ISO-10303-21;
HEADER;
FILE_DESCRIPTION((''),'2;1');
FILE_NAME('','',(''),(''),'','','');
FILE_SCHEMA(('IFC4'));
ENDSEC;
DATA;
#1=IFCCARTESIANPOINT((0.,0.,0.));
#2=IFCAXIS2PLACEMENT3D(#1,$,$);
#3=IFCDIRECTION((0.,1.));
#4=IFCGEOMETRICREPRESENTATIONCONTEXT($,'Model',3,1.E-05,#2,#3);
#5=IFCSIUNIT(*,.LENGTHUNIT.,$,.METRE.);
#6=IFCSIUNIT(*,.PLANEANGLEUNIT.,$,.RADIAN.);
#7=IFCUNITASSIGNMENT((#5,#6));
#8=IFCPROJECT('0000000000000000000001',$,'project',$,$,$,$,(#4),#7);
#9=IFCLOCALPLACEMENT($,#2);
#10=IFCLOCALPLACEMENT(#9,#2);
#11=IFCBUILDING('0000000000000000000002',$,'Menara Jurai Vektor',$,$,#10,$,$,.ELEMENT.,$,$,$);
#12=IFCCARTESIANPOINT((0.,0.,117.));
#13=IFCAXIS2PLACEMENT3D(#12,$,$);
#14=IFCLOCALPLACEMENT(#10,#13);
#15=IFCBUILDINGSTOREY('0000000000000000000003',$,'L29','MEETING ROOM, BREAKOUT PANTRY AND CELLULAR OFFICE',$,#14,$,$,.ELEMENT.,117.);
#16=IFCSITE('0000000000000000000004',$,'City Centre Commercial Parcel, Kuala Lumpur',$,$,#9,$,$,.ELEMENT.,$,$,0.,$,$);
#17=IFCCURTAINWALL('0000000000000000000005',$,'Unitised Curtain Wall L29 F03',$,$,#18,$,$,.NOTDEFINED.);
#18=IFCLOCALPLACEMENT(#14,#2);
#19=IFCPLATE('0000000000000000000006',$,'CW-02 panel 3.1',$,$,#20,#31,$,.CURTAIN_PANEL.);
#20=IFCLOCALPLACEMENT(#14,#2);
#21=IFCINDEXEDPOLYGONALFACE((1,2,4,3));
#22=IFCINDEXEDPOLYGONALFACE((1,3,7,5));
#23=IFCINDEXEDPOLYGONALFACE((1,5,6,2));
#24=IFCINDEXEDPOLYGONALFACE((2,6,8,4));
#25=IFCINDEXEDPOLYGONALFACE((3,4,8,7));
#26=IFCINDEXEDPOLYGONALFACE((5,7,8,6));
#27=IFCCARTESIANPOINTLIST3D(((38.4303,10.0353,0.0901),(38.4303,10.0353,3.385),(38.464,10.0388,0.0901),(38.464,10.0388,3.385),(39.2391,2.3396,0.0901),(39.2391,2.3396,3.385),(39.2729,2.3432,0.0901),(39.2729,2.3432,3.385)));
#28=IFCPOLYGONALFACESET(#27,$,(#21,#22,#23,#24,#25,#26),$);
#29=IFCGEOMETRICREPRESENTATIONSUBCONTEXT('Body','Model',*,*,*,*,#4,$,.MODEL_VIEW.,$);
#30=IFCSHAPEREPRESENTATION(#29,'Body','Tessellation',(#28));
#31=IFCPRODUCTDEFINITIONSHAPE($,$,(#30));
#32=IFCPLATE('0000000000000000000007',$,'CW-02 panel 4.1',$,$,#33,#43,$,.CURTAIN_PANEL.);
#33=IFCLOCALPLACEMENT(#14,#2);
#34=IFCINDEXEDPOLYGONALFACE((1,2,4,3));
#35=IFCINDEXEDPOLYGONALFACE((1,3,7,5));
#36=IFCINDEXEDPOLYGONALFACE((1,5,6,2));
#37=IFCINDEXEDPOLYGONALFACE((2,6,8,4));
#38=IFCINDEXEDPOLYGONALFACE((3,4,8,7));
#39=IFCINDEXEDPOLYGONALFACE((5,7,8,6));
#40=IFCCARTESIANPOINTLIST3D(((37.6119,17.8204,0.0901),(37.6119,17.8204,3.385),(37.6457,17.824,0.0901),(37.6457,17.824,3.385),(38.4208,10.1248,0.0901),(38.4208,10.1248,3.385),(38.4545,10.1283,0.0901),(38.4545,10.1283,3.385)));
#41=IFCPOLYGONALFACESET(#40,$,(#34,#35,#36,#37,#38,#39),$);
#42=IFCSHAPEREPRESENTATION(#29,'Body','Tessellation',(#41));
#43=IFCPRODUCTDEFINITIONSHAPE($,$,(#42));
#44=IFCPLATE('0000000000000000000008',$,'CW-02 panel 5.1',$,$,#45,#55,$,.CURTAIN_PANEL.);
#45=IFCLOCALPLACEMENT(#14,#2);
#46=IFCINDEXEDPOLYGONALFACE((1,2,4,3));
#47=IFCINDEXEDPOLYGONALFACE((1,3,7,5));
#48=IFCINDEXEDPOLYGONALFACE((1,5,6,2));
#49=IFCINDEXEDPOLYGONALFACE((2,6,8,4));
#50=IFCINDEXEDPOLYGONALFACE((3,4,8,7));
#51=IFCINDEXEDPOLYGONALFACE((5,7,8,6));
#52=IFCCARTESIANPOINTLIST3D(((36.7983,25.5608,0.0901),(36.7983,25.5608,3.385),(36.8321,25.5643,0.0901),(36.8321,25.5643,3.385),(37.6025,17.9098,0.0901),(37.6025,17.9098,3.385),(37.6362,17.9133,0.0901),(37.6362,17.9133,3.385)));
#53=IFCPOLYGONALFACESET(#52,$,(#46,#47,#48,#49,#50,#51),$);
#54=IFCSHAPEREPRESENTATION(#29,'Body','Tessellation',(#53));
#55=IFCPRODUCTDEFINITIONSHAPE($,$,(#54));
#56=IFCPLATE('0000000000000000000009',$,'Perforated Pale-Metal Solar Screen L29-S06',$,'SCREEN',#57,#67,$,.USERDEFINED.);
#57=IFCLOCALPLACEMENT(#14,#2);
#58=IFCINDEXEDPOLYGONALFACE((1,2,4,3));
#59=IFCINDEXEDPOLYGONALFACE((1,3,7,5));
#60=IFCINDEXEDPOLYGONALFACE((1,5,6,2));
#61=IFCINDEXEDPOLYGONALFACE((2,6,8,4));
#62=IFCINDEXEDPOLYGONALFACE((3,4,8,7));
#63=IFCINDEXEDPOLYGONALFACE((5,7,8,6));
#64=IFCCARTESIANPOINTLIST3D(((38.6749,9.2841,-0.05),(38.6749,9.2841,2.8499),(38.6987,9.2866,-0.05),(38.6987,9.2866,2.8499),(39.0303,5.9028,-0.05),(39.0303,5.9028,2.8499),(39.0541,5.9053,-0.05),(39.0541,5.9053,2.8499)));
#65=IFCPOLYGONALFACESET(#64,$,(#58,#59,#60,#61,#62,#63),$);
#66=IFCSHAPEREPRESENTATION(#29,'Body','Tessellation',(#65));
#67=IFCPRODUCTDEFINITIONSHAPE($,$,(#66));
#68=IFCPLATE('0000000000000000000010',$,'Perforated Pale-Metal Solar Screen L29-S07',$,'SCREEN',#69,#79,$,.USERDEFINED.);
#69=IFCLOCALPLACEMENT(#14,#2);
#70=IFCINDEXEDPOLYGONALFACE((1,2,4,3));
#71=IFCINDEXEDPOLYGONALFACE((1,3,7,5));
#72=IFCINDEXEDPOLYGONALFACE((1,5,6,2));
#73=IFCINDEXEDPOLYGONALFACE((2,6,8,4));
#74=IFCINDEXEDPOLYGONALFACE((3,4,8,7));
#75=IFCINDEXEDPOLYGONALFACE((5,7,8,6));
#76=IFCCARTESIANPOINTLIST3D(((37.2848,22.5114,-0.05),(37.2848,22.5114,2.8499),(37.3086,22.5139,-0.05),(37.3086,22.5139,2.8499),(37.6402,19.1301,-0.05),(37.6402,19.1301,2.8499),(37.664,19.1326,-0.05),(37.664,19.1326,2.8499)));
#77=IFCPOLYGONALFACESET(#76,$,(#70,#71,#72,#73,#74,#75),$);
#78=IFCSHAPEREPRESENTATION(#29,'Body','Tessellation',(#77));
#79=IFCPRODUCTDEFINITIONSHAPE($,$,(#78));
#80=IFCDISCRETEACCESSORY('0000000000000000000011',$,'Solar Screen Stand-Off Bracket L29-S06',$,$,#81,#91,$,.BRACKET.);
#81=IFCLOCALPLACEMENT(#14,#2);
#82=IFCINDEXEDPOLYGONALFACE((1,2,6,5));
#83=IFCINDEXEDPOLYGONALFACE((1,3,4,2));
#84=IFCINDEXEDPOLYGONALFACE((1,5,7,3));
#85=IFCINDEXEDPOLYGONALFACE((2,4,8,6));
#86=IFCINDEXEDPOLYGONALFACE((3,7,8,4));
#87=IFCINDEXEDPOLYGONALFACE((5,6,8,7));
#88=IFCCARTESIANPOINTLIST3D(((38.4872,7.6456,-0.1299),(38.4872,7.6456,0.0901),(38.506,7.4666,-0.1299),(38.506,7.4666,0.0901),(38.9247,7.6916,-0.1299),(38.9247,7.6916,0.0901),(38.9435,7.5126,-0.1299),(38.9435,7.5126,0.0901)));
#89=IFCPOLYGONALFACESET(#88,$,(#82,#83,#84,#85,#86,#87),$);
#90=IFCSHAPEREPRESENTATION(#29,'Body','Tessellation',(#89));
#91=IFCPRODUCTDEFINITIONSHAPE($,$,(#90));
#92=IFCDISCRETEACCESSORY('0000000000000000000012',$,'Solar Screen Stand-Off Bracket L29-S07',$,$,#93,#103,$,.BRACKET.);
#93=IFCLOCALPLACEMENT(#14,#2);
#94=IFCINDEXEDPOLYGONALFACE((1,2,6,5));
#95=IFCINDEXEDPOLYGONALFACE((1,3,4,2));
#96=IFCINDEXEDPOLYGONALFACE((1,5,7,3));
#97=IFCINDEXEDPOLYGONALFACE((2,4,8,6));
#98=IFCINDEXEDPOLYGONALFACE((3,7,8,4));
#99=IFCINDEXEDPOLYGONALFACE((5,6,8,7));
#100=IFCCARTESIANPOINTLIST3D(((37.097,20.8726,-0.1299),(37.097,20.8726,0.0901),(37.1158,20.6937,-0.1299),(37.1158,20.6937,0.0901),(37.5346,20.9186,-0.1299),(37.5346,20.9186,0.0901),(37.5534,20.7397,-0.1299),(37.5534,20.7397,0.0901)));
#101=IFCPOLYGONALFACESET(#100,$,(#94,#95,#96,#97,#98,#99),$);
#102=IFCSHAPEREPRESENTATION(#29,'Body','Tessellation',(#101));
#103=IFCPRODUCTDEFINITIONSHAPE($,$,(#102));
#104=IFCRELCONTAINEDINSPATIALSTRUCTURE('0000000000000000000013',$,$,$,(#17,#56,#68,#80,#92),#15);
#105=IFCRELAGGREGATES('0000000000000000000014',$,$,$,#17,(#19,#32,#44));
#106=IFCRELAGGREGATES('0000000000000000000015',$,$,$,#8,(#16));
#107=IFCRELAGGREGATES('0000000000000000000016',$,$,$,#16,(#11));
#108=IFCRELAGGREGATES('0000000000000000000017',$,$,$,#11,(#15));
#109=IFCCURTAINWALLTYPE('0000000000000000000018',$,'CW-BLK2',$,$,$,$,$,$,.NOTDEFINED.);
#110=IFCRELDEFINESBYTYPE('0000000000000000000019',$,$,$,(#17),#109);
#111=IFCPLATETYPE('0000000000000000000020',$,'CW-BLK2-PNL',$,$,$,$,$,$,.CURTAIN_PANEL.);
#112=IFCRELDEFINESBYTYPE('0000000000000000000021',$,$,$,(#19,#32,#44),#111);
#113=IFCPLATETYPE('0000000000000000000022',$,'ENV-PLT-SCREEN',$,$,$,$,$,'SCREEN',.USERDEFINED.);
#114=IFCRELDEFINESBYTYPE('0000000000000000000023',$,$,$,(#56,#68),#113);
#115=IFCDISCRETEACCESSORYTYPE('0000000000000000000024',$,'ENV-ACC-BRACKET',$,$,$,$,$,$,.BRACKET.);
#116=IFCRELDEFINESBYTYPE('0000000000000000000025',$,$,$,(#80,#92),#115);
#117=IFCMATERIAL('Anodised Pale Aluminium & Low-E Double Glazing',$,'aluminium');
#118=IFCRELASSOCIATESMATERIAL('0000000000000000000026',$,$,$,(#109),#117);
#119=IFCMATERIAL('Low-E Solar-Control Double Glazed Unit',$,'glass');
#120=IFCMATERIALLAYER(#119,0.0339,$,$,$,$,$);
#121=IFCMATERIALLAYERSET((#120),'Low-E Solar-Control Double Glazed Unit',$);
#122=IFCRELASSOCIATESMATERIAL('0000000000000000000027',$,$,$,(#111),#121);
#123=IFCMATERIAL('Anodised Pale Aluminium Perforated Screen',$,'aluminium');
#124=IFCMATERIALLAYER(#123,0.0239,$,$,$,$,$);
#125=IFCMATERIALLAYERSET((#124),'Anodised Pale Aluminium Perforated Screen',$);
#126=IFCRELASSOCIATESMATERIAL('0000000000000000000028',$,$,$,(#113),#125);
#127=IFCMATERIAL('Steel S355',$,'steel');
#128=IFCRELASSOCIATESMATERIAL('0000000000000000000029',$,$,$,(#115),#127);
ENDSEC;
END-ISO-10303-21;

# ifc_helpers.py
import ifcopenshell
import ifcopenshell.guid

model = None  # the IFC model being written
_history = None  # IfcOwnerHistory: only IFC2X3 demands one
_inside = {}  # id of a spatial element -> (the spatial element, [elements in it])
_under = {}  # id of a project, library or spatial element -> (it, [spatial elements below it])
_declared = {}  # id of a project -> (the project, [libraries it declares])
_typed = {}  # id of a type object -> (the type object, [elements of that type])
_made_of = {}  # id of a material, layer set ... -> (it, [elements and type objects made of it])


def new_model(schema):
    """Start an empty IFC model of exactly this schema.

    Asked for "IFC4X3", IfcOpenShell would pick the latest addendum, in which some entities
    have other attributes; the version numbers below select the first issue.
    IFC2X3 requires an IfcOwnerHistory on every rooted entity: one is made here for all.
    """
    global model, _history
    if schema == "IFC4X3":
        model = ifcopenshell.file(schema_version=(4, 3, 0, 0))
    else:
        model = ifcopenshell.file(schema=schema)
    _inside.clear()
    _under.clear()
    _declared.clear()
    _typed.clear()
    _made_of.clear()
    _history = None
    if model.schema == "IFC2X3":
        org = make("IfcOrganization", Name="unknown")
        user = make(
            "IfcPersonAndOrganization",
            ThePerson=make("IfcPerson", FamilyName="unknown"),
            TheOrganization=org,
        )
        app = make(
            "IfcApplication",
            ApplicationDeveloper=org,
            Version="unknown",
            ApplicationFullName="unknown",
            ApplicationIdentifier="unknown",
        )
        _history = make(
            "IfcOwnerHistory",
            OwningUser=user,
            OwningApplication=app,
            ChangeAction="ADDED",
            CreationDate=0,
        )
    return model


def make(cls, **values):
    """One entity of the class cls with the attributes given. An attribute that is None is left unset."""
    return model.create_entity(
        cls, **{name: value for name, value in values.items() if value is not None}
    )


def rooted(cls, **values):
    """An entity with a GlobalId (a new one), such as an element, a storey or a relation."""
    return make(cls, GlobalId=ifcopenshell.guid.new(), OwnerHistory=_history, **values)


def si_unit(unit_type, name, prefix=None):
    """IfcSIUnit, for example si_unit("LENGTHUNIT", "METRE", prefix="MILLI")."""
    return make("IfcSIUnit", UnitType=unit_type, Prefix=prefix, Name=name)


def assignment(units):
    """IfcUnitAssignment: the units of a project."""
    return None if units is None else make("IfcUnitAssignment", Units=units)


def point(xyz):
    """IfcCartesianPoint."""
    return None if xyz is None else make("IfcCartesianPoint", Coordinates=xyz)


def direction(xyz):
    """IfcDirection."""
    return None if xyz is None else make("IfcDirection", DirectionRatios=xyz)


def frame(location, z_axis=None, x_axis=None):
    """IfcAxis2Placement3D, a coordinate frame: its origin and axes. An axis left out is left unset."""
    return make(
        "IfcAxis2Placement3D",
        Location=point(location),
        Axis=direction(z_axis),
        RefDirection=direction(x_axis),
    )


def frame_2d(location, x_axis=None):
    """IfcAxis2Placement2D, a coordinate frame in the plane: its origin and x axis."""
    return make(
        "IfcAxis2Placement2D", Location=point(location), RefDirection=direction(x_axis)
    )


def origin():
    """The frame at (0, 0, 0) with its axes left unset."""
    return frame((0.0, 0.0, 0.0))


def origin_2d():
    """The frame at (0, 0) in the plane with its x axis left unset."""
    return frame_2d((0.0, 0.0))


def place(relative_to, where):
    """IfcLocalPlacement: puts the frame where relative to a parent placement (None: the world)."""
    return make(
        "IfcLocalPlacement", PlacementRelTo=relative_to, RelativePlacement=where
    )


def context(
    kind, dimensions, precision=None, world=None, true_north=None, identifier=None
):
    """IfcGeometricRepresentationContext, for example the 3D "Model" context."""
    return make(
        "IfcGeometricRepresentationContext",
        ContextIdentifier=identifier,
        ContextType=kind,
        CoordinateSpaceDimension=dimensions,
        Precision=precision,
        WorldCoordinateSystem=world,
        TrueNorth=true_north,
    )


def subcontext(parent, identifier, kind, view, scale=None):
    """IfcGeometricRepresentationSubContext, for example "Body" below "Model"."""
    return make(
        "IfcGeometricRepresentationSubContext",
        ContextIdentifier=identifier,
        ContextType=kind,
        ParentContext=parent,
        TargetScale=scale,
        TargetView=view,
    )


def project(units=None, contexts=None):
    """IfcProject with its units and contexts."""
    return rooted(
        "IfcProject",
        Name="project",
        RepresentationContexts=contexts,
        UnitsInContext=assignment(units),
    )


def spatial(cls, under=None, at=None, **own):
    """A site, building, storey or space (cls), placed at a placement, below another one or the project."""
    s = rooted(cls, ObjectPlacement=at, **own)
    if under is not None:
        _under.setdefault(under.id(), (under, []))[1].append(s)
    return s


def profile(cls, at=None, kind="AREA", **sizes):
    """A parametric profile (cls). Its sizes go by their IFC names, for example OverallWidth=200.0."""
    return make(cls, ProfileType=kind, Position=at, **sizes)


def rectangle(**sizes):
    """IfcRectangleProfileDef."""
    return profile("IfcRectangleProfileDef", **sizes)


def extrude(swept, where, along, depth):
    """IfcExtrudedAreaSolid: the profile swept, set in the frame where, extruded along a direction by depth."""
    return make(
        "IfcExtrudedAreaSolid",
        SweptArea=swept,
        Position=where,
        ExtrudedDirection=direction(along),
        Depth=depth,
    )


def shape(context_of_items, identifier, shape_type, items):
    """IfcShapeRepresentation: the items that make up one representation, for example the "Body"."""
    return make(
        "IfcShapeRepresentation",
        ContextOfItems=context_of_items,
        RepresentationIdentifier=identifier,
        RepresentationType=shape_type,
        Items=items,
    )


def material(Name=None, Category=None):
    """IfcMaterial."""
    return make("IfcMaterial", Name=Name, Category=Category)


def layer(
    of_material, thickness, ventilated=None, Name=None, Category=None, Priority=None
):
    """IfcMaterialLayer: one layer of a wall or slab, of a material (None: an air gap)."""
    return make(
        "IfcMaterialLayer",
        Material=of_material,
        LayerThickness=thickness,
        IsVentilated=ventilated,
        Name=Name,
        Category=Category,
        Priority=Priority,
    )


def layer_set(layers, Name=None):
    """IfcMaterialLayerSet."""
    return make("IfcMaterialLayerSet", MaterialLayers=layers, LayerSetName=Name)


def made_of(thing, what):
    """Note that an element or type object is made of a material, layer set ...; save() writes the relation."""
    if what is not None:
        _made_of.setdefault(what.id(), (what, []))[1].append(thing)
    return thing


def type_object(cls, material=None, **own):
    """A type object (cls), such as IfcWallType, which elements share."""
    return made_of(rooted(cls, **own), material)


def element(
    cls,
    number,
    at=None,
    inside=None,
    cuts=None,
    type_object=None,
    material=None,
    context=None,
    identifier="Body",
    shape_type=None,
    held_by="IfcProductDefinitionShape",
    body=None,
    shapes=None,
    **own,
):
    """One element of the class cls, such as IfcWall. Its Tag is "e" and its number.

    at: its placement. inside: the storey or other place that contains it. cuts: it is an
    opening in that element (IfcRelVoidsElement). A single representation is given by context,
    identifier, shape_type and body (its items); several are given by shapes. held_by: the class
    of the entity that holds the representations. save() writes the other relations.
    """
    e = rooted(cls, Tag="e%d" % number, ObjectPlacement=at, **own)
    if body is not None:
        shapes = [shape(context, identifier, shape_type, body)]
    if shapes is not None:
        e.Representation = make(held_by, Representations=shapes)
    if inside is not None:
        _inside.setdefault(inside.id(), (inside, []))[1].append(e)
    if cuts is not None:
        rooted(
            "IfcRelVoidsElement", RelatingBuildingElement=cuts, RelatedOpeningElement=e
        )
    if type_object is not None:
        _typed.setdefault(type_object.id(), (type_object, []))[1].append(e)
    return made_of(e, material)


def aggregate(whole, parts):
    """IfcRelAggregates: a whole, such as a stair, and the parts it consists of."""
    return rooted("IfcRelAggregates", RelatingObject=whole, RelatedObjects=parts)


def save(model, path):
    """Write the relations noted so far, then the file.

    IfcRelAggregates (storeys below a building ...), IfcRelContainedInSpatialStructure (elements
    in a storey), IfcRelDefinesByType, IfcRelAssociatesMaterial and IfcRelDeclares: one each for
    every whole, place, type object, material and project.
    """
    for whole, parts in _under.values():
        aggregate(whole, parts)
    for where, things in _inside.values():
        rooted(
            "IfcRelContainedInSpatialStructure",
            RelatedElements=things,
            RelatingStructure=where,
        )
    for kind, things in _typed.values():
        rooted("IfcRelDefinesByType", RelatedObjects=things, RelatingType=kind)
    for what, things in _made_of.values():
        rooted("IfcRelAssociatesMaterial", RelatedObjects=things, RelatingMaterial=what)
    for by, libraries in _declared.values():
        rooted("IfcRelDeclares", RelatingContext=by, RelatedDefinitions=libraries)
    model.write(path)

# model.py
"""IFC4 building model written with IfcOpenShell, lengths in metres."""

from ifc_helpers import new_model, si_unit, direction, frame, origin, origin_2d, place, context, subcontext, project, spatial, rectangle, extrude, material, layer, layer_set, type_object, element, aggregate, save


model = new_model("IFC4")

# Units and contexts
model_context = context("Model", 3, precision=1e-05, world=origin(), true_north=direction((0.0, 1.0)))
body_context = subcontext(model_context, "Body", "Model", "MODEL_VIEW")
ifc_project = project(units=[si_unit("LENGTHUNIT", "METRE"), si_unit("PLANEANGLEUNIT", "RADIAN")], contexts=[model_context])

# Site, building, storey
site_placement = place(None, origin())
site = spatial("IfcSite", under=ifc_project, at=site_placement, Name="City Centre Commercial Parcel, Kuala Lumpur", CompositionType="ELEMENT", RefElevation=0.0)
building_placement = place(site_placement, origin())
building = spatial("IfcBuilding", under=site, at=building_placement, Name="Menara Jurai Vektor", CompositionType="ELEMENT")
storey_placement = place(building_placement, frame((0.0, 0.0, 117.0)))
storey = spatial("IfcBuildingStorey", under=building, at=storey_placement, Name="L29", Description="MEETING ROOM, BREAKOUT PANTRY AND CELLULAR OFFICE", CompositionType="ELEMENT", Elevation=117.0)

# Curtain wall
ifc_material_1 = material(Name="Anodised Pale Aluminium & Low-E Double Glazing", Category="aluminium")
curtain_wall_type = type_object("IfcCurtainWallType", Name="CW-BLK2", PredefinedType="NOTDEFINED", material=ifc_material_1)
curtain_wall_placement = place(storey_placement, origin())
curtain_wall = element("IfcCurtainWall", 1, at=curtain_wall_placement, inside=storey, type_object=curtain_wall_type, Name="Unitised Curtain Wall L29 F03", PredefinedType="NOTDEFINED")

# Shared definitions
ifc_material_2 = material(Name="Steel S355", Category="steel")

# Plates
ifc_material_3 = material(Name="Low-E Solar-Control Double Glazed Unit", Category="glass")
ifc_layer_1 = layer(ifc_material_3, 0.0339)
ifc_layer_set_1 = layer_set([ifc_layer_1], Name="Low-E Solar-Control Double Glazed Unit")
plate_type_1 = type_object("IfcPlateType", Name="CW-BLK2-PNL", PredefinedType="CURTAIN_PANEL", material=ifc_layer_set_1)
plate_1_placement = place(storey_placement, frame((38.8516, 6.1892, 0.0901), z_axis=(0.0, 0.0, 1.0), x_axis=(-0.10453, 0.994522, 0.0)))
plate_1 = element("IfcPlate", 2, at=plate_1_placement, type_object=plate_type_1, Name="CW-02 panel 3.1", PredefinedType="CURTAIN_PANEL", context=body_context, shape_type="SweptSolid", body=[
    extrude(rectangle(XDim=7.738, YDim=0.0339, at=origin_2d()), origin(), (0.0, 0.0, 1.0), 3.2949),
])
plate_2_placement = place(storey_placement, frame((38.0332, 13.9744, 0.0901), z_axis=(0.0, 0.0, 1.0), x_axis=(-0.10453, 0.994522, 0.0)))
plate_2 = element("IfcPlate", 3, at=plate_2_placement, type_object=plate_type_1, Name="CW-02 panel 4.1", PredefinedType="CURTAIN_PANEL", context=body_context, shape_type="SweptSolid", body=[
    extrude(rectangle(XDim=7.738, YDim=0.0339, at=origin_2d()), origin(), (0.0, 0.0, 1.0), 3.2949),
])
plate_3_placement = place(storey_placement, frame((37.2173, 21.7371, 0.0901), z_axis=(0.0, 0.0, 1.0), x_axis=(-0.10453, 0.994522, 0.0)))
plate_3 = element("IfcPlate", 4, at=plate_3_placement, type_object=plate_type_1, Name="CW-02 panel 5.1", PredefinedType="CURTAIN_PANEL", context=body_context, shape_type="SweptSolid", body=[
    extrude(rectangle(XDim=7.6931, YDim=0.0339, at=origin_2d()), origin(), (0.0, 0.0, 1.0), 3.2949),
])
aggregate(curtain_wall, [plate_1, plate_2, plate_3])

# Plates
ifc_material_4 = material(Name="Anodised Pale Aluminium Perforated Screen", Category="aluminium")
ifc_layer_2 = layer(ifc_material_4, 0.0239)
ifc_layer_set_2 = layer_set([ifc_layer_2], Name="Anodised Pale Aluminium Perforated Screen")
plate_type_2 = type_object("IfcPlateType", Name="ENV-PLT-SCREEN", ElementType="SCREEN", PredefinedType="USERDEFINED", material=ifc_layer_set_2)
for number, where, z_axis, x_axis, name in (
    (5, (38.8645, 7.5947, -0.05), (0.0, 0.0, 1.0), (-0.104528, 0.994522, 0.0), "Perforated Pale-Metal Solar Screen L29-S06"),
    (6, (37.4744, 20.822, -0.05), (0.0, 0.0, 1.0), (-0.104528, 0.994522, 0.0), "Perforated Pale-Metal Solar Screen L29-S07"),
):
    element("IfcPlate", number, at=place(storey_placement, frame(where, z_axis=z_axis, x_axis=x_axis)), inside=storey, type_object=plate_type_2, Name=name, ObjectType="SCREEN", PredefinedType="USERDEFINED", context=body_context, shape_type="SweptSolid", body=[
        extrude(rectangle(XDim=3.3999, YDim=0.0239, at=origin_2d()), origin(), (0.0, 0.0, 1.0), 2.8999),
    ])

# Discrete accessories
discrete_accessory_type = type_object("IfcDiscreteAccessoryType", Name="ENV-ACC-BRACKET", PredefinedType="BRACKET", material=ifc_material_2)
for number, where, z_axis, x_axis, name in (
    (7, (38.7153, 7.5791, -0.1299), (0.0, 0.0, 1.0), (-0.104528, 0.994522, 0.0), "Solar Screen Stand-Off Bracket L29-S06"),
    (8, (37.3252, 20.8062, -0.1299), (0.0, 0.0, 1.0), (-0.104528, 0.994522, 0.0), "Solar Screen Stand-Off Bracket L29-S07"),
):
    element("IfcDiscreteAccessory", number, at=place(storey_placement, frame(where, z_axis=z_axis, x_axis=x_axis)), inside=storey, type_object=discrete_accessory_type, Name=name, PredefinedType="BRACKET", context=body_context, shape_type="SweptSolid", body=[
        extrude(rectangle(XDim=0.1799, YDim=0.4399, at=origin_2d()), origin(), (0.0, 0.0, 1.0), 0.22),
    ])

save(model, "model.ifc")
